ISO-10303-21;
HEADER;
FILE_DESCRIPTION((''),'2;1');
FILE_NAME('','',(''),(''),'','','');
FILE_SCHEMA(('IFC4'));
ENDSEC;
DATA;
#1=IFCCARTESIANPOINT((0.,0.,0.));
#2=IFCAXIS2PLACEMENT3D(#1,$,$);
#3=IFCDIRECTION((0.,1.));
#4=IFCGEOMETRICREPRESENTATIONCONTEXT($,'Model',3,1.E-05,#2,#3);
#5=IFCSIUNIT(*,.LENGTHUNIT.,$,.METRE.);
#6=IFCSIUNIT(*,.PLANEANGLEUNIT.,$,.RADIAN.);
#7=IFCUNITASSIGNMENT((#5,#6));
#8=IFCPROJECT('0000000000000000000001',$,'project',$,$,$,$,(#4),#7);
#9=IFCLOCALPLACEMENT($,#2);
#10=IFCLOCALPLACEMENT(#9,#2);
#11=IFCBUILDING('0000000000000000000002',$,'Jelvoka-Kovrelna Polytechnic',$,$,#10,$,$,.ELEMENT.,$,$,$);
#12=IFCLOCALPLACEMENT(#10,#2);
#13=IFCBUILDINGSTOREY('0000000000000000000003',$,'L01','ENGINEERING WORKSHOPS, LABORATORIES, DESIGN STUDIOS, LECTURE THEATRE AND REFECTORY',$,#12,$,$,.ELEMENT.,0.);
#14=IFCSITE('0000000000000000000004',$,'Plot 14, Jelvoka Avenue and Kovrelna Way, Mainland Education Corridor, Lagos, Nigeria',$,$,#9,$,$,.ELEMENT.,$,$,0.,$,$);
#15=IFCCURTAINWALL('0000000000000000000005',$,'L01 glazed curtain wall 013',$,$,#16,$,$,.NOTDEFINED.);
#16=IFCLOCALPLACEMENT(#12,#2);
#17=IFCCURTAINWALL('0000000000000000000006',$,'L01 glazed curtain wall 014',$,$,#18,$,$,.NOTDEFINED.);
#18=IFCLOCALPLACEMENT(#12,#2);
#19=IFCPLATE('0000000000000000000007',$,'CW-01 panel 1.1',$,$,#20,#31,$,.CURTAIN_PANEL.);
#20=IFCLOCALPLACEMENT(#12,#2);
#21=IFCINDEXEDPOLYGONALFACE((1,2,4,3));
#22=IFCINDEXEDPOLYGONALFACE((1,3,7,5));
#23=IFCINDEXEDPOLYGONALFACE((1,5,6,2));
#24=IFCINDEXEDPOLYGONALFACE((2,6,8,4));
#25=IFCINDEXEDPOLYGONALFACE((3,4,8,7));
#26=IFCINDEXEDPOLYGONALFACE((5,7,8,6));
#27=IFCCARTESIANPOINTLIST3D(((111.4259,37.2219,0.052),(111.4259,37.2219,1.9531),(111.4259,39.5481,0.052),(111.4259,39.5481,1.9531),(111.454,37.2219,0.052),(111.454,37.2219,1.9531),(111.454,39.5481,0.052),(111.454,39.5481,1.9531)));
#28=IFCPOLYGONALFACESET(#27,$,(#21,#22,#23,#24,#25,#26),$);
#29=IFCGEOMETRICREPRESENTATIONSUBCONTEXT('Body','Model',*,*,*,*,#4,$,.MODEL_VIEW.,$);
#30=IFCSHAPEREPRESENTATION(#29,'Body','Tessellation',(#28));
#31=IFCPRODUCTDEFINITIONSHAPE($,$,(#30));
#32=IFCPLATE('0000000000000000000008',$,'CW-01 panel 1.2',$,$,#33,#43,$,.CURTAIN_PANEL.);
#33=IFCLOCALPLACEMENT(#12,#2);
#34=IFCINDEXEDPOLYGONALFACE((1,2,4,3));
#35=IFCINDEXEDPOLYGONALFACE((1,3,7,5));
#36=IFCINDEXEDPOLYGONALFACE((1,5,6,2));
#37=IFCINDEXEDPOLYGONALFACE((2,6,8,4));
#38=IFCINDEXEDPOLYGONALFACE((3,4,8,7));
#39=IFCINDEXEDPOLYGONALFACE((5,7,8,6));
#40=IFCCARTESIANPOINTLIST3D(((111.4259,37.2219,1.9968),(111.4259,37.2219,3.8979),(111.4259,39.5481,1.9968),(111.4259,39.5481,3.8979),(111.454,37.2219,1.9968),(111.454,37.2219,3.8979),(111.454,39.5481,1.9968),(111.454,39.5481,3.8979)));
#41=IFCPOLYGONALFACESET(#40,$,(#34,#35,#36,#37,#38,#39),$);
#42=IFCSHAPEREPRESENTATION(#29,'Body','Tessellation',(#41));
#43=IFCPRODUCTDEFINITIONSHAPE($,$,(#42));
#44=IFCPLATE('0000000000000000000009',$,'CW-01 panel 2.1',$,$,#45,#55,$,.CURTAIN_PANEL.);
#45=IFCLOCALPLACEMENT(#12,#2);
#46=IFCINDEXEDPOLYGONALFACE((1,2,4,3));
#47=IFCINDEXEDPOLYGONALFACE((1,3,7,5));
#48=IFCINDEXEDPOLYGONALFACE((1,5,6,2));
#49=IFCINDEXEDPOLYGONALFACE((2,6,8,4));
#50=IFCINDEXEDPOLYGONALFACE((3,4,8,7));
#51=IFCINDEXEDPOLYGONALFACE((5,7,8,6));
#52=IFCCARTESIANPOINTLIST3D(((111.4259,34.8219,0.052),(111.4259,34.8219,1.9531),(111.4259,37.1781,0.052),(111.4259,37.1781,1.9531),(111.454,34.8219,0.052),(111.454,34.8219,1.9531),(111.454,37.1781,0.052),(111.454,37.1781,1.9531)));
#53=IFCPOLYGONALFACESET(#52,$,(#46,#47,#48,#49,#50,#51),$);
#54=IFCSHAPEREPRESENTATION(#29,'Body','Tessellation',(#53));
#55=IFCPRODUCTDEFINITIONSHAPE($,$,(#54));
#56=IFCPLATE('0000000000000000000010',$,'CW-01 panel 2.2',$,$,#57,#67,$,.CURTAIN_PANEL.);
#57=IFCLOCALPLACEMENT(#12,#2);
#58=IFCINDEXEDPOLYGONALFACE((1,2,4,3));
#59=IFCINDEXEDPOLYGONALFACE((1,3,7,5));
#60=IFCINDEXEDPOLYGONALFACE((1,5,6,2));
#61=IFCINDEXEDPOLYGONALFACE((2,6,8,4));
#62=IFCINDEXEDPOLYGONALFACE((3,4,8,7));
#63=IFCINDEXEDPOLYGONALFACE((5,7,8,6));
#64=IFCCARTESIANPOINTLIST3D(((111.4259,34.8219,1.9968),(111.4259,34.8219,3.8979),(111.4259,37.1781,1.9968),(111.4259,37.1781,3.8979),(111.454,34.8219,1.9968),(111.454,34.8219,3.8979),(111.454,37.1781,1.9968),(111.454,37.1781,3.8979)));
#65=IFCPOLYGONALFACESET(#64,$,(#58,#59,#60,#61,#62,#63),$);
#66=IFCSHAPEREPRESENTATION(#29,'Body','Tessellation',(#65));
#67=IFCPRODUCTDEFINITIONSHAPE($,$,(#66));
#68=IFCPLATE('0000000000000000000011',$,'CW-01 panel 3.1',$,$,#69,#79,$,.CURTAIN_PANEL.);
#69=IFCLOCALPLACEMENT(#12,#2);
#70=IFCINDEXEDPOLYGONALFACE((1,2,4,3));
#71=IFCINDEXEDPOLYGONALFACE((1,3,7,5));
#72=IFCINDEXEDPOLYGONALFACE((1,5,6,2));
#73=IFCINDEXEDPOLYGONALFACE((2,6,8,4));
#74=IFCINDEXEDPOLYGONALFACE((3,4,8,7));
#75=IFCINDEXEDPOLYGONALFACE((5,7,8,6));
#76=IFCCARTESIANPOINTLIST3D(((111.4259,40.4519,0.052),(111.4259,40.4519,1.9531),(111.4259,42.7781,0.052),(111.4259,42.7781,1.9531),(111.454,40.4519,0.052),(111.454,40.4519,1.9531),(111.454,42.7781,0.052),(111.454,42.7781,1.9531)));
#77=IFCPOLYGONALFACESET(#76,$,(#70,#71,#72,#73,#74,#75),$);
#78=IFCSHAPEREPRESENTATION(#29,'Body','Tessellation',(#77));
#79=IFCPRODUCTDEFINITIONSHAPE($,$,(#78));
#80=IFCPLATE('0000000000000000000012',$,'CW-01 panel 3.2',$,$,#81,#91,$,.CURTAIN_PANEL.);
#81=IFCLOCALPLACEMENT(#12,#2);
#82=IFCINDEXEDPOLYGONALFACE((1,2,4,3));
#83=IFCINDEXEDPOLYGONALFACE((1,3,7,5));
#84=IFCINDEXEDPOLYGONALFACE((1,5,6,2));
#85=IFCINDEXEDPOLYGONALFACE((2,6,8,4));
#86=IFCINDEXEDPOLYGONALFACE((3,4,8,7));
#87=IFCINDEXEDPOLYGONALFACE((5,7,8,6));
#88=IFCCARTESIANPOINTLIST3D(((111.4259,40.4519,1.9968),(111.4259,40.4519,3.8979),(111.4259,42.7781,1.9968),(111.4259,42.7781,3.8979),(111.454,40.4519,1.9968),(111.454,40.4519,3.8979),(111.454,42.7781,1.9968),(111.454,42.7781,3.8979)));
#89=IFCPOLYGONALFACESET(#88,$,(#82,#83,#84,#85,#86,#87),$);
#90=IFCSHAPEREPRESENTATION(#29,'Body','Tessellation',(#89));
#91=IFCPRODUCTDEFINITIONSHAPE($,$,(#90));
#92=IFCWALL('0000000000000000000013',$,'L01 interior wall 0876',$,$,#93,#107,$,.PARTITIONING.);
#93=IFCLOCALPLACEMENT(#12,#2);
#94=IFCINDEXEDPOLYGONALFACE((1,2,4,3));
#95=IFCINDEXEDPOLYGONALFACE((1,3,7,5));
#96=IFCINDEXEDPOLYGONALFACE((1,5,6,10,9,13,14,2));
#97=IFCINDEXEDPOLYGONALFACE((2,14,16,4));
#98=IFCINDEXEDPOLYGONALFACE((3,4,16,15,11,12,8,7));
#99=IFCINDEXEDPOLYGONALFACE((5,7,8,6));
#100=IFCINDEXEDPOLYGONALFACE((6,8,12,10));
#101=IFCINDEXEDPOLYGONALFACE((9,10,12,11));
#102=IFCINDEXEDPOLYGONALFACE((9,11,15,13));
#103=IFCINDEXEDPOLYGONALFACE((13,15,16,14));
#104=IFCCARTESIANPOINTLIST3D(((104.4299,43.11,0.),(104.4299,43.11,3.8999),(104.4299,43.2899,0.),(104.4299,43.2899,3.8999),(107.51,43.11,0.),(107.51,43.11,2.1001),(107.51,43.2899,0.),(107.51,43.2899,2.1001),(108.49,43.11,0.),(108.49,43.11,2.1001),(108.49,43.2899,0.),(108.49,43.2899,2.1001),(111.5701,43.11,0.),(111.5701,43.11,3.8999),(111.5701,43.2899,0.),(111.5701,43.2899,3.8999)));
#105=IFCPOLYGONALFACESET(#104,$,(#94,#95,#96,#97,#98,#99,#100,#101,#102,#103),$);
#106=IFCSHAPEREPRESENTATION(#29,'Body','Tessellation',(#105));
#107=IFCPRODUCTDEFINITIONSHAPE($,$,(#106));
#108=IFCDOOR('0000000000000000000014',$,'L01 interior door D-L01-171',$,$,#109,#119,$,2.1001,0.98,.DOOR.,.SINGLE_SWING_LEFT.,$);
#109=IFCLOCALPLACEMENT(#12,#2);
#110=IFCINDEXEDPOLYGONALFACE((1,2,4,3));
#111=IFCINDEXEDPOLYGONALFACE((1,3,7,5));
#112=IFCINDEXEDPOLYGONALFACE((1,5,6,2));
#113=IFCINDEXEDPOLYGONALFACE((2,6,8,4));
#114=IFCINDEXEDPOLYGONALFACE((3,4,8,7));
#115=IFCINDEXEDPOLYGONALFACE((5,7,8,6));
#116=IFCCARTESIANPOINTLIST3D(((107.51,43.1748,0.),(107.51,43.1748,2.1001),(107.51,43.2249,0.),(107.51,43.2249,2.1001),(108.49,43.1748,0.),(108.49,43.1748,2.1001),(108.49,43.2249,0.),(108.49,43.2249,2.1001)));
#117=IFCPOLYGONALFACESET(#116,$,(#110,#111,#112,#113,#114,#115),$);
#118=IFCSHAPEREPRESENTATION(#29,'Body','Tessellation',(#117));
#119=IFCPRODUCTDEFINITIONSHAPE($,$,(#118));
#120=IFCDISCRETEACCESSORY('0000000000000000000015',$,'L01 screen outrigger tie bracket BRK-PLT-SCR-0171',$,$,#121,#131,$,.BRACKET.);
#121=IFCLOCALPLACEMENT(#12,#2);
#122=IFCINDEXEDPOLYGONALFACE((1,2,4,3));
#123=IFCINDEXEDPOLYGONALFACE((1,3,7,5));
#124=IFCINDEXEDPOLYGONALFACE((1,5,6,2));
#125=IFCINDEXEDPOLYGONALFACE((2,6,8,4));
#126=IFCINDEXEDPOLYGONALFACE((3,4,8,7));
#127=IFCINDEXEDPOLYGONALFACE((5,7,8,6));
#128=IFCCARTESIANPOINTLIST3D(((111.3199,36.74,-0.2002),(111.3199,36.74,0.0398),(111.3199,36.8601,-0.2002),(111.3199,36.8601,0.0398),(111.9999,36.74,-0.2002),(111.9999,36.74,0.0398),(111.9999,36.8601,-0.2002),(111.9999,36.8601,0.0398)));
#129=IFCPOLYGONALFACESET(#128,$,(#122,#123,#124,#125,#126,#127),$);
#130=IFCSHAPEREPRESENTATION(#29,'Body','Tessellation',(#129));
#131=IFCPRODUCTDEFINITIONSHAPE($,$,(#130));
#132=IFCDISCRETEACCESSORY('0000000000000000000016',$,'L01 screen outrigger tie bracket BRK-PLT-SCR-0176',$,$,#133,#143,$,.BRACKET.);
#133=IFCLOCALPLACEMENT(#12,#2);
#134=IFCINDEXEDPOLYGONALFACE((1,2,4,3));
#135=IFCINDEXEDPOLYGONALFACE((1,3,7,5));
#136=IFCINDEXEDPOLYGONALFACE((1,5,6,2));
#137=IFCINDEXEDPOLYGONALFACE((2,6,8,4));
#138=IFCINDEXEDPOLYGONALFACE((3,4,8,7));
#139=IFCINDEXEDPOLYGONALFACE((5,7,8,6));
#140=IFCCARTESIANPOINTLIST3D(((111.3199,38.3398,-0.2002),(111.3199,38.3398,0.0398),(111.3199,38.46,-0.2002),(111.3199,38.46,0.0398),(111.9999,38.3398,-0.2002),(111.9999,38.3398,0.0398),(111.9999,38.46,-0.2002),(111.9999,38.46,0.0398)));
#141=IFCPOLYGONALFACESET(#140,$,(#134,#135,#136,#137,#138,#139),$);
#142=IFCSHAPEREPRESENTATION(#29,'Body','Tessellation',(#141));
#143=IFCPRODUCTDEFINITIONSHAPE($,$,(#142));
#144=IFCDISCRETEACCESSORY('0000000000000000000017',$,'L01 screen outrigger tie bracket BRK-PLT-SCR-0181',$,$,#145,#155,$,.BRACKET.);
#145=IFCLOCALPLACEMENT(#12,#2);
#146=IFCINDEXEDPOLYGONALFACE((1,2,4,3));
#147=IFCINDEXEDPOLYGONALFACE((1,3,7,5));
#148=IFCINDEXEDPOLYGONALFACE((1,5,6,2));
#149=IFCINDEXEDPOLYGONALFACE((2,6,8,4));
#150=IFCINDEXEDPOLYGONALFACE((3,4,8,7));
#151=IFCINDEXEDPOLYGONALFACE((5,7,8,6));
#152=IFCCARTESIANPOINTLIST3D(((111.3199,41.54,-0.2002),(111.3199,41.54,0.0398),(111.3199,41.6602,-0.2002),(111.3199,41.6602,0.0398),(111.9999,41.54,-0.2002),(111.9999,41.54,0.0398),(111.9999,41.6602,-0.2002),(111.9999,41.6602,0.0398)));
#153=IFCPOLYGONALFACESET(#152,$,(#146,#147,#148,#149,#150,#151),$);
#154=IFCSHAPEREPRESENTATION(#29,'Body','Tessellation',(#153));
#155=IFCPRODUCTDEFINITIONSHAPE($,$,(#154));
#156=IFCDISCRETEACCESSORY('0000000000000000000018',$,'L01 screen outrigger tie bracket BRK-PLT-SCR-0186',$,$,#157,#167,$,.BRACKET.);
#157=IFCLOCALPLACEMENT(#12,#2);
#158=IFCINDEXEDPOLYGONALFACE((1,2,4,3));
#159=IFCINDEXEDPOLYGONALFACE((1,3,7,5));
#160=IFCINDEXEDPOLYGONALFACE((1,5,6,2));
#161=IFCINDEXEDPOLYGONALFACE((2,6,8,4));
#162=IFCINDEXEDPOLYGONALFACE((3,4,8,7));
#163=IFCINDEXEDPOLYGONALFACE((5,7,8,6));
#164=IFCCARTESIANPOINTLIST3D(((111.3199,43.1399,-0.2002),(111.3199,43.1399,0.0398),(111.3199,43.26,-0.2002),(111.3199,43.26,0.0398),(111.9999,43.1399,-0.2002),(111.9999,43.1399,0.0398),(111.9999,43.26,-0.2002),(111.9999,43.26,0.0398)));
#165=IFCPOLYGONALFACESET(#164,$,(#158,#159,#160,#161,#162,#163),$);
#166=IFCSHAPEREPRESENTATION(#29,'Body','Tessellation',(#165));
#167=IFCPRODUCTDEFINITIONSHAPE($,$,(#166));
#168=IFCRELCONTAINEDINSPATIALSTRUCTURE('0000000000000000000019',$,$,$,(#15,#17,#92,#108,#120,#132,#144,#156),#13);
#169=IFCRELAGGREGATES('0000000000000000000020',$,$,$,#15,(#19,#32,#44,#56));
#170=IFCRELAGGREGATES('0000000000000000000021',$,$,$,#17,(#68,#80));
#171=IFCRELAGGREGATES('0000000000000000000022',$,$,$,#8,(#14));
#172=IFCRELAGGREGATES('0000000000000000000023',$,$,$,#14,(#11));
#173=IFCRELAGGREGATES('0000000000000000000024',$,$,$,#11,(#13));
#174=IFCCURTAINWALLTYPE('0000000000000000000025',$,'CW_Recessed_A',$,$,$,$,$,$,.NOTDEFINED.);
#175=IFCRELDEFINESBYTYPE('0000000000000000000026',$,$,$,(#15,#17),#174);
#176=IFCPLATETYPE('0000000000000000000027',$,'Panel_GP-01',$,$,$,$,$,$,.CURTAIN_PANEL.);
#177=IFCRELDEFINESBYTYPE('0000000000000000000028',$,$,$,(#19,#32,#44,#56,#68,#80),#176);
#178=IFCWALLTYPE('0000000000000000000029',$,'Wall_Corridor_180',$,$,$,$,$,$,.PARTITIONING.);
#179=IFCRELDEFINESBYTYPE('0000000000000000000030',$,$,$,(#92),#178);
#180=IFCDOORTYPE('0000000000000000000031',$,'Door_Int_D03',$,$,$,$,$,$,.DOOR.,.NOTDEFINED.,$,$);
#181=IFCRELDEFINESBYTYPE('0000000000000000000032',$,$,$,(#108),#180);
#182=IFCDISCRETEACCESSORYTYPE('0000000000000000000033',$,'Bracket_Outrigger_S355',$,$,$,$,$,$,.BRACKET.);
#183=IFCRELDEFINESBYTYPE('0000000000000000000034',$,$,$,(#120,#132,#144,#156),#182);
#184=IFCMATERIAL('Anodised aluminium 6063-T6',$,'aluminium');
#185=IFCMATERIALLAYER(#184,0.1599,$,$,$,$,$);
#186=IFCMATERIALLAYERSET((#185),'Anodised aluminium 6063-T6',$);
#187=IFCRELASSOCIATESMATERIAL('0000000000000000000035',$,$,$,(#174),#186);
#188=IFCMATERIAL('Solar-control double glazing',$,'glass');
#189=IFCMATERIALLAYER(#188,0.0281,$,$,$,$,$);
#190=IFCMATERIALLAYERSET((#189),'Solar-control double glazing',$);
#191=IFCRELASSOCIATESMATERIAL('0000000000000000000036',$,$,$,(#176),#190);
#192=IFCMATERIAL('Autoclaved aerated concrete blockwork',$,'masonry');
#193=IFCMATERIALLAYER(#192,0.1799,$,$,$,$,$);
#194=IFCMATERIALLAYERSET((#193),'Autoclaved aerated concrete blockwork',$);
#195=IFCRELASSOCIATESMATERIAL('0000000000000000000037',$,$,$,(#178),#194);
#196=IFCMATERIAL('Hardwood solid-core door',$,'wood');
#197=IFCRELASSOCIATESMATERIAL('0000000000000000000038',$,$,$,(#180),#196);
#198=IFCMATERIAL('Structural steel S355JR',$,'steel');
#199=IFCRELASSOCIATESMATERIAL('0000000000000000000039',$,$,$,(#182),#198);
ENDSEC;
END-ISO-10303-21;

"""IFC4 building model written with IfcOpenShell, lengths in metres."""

from ifc_helpers import new_model, si_unit, direction, frame, frame_2d, origin, origin_2d, place, context, subcontext, project, spatial, rectangle, extrude, material, layer, layer_set, type_object, element, fill, aggregate, save


model = new_model("IFC4")

# Units and contexts
model_context = context("Model", 3, precision=1e-05, world=origin(), true_north=direction((0.0, 1.0)))
body_context = subcontext(model_context, "Body", "Model", "MODEL_VIEW")
ifc_project = project(units=[si_unit("LENGTHUNIT", "METRE"), si_unit("PLANEANGLEUNIT", "RADIAN")], contexts=[model_context])

# Site, building, storey
site_placement = place(None, origin())
site = spatial("IfcSite", under=ifc_project, at=site_placement, Name="Plot 14, Jelvoka Avenue and Kovrelna Way, Mainland Education Corridor, Lagos, Nigeria", CompositionType="ELEMENT", RefElevation=0.0)
building_placement = place(site_placement, origin())
building = spatial("IfcBuilding", under=site, at=building_placement, Name="Jelvoka-Kovrelna Polytechnic", CompositionType="ELEMENT")
storey_placement = place(building_placement, origin())
storey = spatial("IfcBuildingStorey", under=building, at=storey_placement, Name="L01", Description="ENGINEERING WORKSHOPS, LABORATORIES, DESIGN STUDIOS, LECTURE THEATRE AND REFECTORY", CompositionType="ELEMENT", Elevation=0.0)

# Curtain walls
ifc_material_1 = material(Name="Anodised aluminium 6063-T6", Category="aluminium")
ifc_layer_1 = layer(ifc_material_1, 0.1599)
ifc_layer_set_1 = layer_set([ifc_layer_1], Name="Anodised aluminium 6063-T6")
curtain_wall_type = type_object("IfcCurtainWallType", Name="CW_Recessed_A", PredefinedType="NOTDEFINED", material=ifc_layer_set_1)
curtain_wall_1_placement = place(storey_placement, origin())
curtain_wall_1 = element("IfcCurtainWall", 1, at=curtain_wall_1_placement, inside=storey, type_object=curtain_wall_type, Name="L01 glazed curtain wall 013", PredefinedType="NOTDEFINED")
curtain_wall_2_placement = place(storey_placement, origin())
curtain_wall_2 = element("IfcCurtainWall", 2, at=curtain_wall_2_placement, inside=storey, type_object=curtain_wall_type, Name="L01 glazed curtain wall 014", PredefinedType="NOTDEFINED")

# Plates
ifc_material_2 = material(Name="Solar-control double glazing", Category="glass")
ifc_layer_2 = layer(ifc_material_2, 0.0281)
ifc_layer_set_2 = layer_set([ifc_layer_2], Name="Solar-control double glazing")
plate_type = type_object("IfcPlateType", Name="Panel_GP-01", PredefinedType="CURTAIN_PANEL", material=ifc_layer_set_2)
plate_1_placement = place(storey_placement, frame((111.4399, 38.385, 0.052), z_axis=(0.0, 0.0, 1.0), x_axis=(0.0, -1.0, 0.0)))
plate_1 = element("IfcPlate", 3, at=plate_1_placement, type_object=plate_type, Name="CW-01 panel 1.1", PredefinedType="CURTAIN_PANEL", context=body_context, shape_type="SweptSolid", body=[
    extrude(rectangle(XDim=2.3262, YDim=0.0281, at=origin_2d()), origin(), (0.0, 0.0, 1.0), 1.9011),
])
plate_2_placement = place(storey_placement, frame((111.4399, 38.385, 1.9968), z_axis=(0.0, 0.0, 1.0), x_axis=(0.0, -1.0, 0.0)))
plate_2 = element("IfcPlate", 4, at=plate_2_placement, type_object=plate_type, Name="CW-01 panel 1.2", PredefinedType="CURTAIN_PANEL", context=body_context, shape_type="SweptSolid", body=[
    extrude(rectangle(XDim=2.3262, YDim=0.0281, at=origin_2d()), origin(), (0.0, 0.0, 1.0), 1.9011),
])
plate_3_placement = place(storey_placement, frame((111.4399, 36.0, 0.052), z_axis=(0.0, 0.0, 1.0), x_axis=(0.0, -1.0, 0.0)))
plate_3 = element("IfcPlate", 5, at=plate_3_placement, type_object=plate_type, Name="CW-01 panel 2.1", PredefinedType="CURTAIN_PANEL", context=body_context, shape_type="SweptSolid", body=[
    extrude(rectangle(XDim=2.3562, YDim=0.0281, at=origin_2d()), origin(), (0.0, 0.0, 1.0), 1.9011),
])
plate_4_placement = place(storey_placement, frame((111.4399, 36.0, 1.9968), z_axis=(0.0, 0.0, 1.0), x_axis=(0.0, -1.0, 0.0)))
plate_4 = element("IfcPlate", 6, at=plate_4_placement, type_object=plate_type, Name="CW-01 panel 2.2", PredefinedType="CURTAIN_PANEL", context=body_context, shape_type="SweptSolid", body=[
    extrude(rectangle(XDim=2.3562, YDim=0.0281, at=origin_2d()), origin(), (0.0, 0.0, 1.0), 1.9011),
])
aggregate(curtain_wall_1, [plate_1, plate_2, plate_3, plate_4])
plate_5_placement = place(storey_placement, frame((111.4399, 41.615, 0.052), z_axis=(0.0, 0.0, 1.0), x_axis=(0.0, -1.0, 0.0)))
plate_5 = element("IfcPlate", 7, at=plate_5_placement, type_object=plate_type, Name="CW-01 panel 3.1", PredefinedType="CURTAIN_PANEL", context=body_context, shape_type="SweptSolid", body=[
    extrude(rectangle(XDim=2.3262, YDim=0.0281, at=origin_2d()), origin(), (0.0, 0.0, 1.0), 1.9011),
])
plate_6_placement = place(storey_placement, frame((111.4399, 41.615, 1.9968), z_axis=(0.0, 0.0, 1.0), x_axis=(0.0, -1.0, 0.0)))
plate_6 = element("IfcPlate", 8, at=plate_6_placement, type_object=plate_type, Name="CW-01 panel 3.2", PredefinedType="CURTAIN_PANEL", context=body_context, shape_type="SweptSolid", body=[
    extrude(rectangle(XDim=2.3262, YDim=0.0281, at=origin_2d()), origin(), (0.0, 0.0, 1.0), 1.9011),
])
aggregate(curtain_wall_2, [plate_5, plate_6])

# Wall, opening, door
ifc_material_3 = material(Name="Autoclaved aerated concrete blockwork", Category="masonry")
ifc_layer_3 = layer(ifc_material_3, 0.1799)
ifc_layer_set_3 = layer_set([ifc_layer_3], Name="Autoclaved aerated concrete blockwork")
wall_type = type_object("IfcWallType", Name="Wall_Corridor_180", PredefinedType="PARTITIONING", material=ifc_layer_set_3)
wall_placement = place(storey_placement, frame((104.4299, 43.2, 0.0), z_axis=(0.0, 0.0, 1.0), x_axis=(1.0, 0.0, 0.0)))
wall = element("IfcWall", 9, at=wall_placement, inside=storey, type_object=wall_type, Name="L01 interior wall 0876", PredefinedType="PARTITIONING", context=body_context, shape_type="SweptSolid", body=[
    extrude(rectangle(XDim=7.1401, YDim=0.1799, at=frame_2d((3.5701, 0.0))), origin(), (0.0, 0.0, 1.0), 3.8999),
])
opening_placement = place(wall_placement, frame((3.0801, 0.0, 0.0)))
opening = element("IfcOpeningElement", 10, at=opening_placement, cuts=wall, PredefinedType="OPENING", context=body_context, shape_type="SweptSolid", body=[
    extrude(rectangle(XDim=0.98, YDim=2.1001, at=frame_2d((0.49, 1.05))), frame((0.0, 0.0999, 0.0), z_axis=(0.0, -1.0, 0.0), x_axis=(1.0, 0.0, 0.0)), (0.0, 0.0, 1.0), 0.2),
])
ifc_material_4 = material(Name="Hardwood solid-core door", Category="wood")
door_type = type_object("IfcDoorType", Name="Door_Int_D03", OperationType="NOTDEFINED", PredefinedType="DOOR", material=ifc_material_4)
door_placement = place(opening_placement, origin())
door = element("IfcDoor", 11, at=door_placement, inside=storey, type_object=door_type, Name="L01 interior door D-L01-171", OperationType="SINGLE_SWING_LEFT", OverallHeight=2.1001, OverallWidth=0.98, PredefinedType="DOOR", context=body_context, shape_type="SweptSolid", body=[
    extrude(rectangle(XDim=0.98, YDim=2.1001, at=frame_2d((0.49, 1.05))), frame((0.0, 0.0249, 0.0), z_axis=(0.0, -1.0, 0.0), x_axis=(1.0, 0.0, 0.0)), (0.0, 0.0, 1.0), 0.05),
])
fill(opening, door)

# Discrete accessories
ifc_material_5 = material(Name="Structural steel S355JR", Category="steel")
discrete_accessory_type = type_object("IfcDiscreteAccessoryType", Name="Bracket_Outrigger_S355", PredefinedType="BRACKET", material=ifc_material_5)
for number, where, z_axis, x_axis, name in (
    (12, (111.6599, 36.8, -0.2002), (0.0, 0.0, 1.0), (1.0, 0.0, 0.0), "L01 screen outrigger tie bracket BRK-PLT-SCR-0171"),
    (13, (111.6599, 38.3999, -0.2002), (0.0, 0.0, 1.0), (1.0, 0.0, 0.0), "L01 screen outrigger tie bracket BRK-PLT-SCR-0176"),
    (14, (111.6599, 41.6001, -0.2002), (0.0, 0.0, 1.0), (1.0, 0.0, 0.0), "L01 screen outrigger tie bracket BRK-PLT-SCR-0181"),
    (15, (111.6599, 43.2, -0.2002), (0.0, 0.0, 1.0), (1.0, 0.0, 0.0), "L01 screen outrigger tie bracket BRK-PLT-SCR-0186"),
):
    element("IfcDiscreteAccessory", number, at=place(storey_placement, frame(where, z_axis=z_axis, x_axis=x_axis)), inside=storey, type_object=discrete_accessory_type, Name=name, PredefinedType="BRACKET", context=body_context, shape_type="SweptSolid", body=[
        extrude(rectangle(XDim=0.6799, YDim=0.1201, at=origin_2d()), origin(), (0.0, 0.0, 1.0), 0.24),
    ])

save(model, "model.ifc")
